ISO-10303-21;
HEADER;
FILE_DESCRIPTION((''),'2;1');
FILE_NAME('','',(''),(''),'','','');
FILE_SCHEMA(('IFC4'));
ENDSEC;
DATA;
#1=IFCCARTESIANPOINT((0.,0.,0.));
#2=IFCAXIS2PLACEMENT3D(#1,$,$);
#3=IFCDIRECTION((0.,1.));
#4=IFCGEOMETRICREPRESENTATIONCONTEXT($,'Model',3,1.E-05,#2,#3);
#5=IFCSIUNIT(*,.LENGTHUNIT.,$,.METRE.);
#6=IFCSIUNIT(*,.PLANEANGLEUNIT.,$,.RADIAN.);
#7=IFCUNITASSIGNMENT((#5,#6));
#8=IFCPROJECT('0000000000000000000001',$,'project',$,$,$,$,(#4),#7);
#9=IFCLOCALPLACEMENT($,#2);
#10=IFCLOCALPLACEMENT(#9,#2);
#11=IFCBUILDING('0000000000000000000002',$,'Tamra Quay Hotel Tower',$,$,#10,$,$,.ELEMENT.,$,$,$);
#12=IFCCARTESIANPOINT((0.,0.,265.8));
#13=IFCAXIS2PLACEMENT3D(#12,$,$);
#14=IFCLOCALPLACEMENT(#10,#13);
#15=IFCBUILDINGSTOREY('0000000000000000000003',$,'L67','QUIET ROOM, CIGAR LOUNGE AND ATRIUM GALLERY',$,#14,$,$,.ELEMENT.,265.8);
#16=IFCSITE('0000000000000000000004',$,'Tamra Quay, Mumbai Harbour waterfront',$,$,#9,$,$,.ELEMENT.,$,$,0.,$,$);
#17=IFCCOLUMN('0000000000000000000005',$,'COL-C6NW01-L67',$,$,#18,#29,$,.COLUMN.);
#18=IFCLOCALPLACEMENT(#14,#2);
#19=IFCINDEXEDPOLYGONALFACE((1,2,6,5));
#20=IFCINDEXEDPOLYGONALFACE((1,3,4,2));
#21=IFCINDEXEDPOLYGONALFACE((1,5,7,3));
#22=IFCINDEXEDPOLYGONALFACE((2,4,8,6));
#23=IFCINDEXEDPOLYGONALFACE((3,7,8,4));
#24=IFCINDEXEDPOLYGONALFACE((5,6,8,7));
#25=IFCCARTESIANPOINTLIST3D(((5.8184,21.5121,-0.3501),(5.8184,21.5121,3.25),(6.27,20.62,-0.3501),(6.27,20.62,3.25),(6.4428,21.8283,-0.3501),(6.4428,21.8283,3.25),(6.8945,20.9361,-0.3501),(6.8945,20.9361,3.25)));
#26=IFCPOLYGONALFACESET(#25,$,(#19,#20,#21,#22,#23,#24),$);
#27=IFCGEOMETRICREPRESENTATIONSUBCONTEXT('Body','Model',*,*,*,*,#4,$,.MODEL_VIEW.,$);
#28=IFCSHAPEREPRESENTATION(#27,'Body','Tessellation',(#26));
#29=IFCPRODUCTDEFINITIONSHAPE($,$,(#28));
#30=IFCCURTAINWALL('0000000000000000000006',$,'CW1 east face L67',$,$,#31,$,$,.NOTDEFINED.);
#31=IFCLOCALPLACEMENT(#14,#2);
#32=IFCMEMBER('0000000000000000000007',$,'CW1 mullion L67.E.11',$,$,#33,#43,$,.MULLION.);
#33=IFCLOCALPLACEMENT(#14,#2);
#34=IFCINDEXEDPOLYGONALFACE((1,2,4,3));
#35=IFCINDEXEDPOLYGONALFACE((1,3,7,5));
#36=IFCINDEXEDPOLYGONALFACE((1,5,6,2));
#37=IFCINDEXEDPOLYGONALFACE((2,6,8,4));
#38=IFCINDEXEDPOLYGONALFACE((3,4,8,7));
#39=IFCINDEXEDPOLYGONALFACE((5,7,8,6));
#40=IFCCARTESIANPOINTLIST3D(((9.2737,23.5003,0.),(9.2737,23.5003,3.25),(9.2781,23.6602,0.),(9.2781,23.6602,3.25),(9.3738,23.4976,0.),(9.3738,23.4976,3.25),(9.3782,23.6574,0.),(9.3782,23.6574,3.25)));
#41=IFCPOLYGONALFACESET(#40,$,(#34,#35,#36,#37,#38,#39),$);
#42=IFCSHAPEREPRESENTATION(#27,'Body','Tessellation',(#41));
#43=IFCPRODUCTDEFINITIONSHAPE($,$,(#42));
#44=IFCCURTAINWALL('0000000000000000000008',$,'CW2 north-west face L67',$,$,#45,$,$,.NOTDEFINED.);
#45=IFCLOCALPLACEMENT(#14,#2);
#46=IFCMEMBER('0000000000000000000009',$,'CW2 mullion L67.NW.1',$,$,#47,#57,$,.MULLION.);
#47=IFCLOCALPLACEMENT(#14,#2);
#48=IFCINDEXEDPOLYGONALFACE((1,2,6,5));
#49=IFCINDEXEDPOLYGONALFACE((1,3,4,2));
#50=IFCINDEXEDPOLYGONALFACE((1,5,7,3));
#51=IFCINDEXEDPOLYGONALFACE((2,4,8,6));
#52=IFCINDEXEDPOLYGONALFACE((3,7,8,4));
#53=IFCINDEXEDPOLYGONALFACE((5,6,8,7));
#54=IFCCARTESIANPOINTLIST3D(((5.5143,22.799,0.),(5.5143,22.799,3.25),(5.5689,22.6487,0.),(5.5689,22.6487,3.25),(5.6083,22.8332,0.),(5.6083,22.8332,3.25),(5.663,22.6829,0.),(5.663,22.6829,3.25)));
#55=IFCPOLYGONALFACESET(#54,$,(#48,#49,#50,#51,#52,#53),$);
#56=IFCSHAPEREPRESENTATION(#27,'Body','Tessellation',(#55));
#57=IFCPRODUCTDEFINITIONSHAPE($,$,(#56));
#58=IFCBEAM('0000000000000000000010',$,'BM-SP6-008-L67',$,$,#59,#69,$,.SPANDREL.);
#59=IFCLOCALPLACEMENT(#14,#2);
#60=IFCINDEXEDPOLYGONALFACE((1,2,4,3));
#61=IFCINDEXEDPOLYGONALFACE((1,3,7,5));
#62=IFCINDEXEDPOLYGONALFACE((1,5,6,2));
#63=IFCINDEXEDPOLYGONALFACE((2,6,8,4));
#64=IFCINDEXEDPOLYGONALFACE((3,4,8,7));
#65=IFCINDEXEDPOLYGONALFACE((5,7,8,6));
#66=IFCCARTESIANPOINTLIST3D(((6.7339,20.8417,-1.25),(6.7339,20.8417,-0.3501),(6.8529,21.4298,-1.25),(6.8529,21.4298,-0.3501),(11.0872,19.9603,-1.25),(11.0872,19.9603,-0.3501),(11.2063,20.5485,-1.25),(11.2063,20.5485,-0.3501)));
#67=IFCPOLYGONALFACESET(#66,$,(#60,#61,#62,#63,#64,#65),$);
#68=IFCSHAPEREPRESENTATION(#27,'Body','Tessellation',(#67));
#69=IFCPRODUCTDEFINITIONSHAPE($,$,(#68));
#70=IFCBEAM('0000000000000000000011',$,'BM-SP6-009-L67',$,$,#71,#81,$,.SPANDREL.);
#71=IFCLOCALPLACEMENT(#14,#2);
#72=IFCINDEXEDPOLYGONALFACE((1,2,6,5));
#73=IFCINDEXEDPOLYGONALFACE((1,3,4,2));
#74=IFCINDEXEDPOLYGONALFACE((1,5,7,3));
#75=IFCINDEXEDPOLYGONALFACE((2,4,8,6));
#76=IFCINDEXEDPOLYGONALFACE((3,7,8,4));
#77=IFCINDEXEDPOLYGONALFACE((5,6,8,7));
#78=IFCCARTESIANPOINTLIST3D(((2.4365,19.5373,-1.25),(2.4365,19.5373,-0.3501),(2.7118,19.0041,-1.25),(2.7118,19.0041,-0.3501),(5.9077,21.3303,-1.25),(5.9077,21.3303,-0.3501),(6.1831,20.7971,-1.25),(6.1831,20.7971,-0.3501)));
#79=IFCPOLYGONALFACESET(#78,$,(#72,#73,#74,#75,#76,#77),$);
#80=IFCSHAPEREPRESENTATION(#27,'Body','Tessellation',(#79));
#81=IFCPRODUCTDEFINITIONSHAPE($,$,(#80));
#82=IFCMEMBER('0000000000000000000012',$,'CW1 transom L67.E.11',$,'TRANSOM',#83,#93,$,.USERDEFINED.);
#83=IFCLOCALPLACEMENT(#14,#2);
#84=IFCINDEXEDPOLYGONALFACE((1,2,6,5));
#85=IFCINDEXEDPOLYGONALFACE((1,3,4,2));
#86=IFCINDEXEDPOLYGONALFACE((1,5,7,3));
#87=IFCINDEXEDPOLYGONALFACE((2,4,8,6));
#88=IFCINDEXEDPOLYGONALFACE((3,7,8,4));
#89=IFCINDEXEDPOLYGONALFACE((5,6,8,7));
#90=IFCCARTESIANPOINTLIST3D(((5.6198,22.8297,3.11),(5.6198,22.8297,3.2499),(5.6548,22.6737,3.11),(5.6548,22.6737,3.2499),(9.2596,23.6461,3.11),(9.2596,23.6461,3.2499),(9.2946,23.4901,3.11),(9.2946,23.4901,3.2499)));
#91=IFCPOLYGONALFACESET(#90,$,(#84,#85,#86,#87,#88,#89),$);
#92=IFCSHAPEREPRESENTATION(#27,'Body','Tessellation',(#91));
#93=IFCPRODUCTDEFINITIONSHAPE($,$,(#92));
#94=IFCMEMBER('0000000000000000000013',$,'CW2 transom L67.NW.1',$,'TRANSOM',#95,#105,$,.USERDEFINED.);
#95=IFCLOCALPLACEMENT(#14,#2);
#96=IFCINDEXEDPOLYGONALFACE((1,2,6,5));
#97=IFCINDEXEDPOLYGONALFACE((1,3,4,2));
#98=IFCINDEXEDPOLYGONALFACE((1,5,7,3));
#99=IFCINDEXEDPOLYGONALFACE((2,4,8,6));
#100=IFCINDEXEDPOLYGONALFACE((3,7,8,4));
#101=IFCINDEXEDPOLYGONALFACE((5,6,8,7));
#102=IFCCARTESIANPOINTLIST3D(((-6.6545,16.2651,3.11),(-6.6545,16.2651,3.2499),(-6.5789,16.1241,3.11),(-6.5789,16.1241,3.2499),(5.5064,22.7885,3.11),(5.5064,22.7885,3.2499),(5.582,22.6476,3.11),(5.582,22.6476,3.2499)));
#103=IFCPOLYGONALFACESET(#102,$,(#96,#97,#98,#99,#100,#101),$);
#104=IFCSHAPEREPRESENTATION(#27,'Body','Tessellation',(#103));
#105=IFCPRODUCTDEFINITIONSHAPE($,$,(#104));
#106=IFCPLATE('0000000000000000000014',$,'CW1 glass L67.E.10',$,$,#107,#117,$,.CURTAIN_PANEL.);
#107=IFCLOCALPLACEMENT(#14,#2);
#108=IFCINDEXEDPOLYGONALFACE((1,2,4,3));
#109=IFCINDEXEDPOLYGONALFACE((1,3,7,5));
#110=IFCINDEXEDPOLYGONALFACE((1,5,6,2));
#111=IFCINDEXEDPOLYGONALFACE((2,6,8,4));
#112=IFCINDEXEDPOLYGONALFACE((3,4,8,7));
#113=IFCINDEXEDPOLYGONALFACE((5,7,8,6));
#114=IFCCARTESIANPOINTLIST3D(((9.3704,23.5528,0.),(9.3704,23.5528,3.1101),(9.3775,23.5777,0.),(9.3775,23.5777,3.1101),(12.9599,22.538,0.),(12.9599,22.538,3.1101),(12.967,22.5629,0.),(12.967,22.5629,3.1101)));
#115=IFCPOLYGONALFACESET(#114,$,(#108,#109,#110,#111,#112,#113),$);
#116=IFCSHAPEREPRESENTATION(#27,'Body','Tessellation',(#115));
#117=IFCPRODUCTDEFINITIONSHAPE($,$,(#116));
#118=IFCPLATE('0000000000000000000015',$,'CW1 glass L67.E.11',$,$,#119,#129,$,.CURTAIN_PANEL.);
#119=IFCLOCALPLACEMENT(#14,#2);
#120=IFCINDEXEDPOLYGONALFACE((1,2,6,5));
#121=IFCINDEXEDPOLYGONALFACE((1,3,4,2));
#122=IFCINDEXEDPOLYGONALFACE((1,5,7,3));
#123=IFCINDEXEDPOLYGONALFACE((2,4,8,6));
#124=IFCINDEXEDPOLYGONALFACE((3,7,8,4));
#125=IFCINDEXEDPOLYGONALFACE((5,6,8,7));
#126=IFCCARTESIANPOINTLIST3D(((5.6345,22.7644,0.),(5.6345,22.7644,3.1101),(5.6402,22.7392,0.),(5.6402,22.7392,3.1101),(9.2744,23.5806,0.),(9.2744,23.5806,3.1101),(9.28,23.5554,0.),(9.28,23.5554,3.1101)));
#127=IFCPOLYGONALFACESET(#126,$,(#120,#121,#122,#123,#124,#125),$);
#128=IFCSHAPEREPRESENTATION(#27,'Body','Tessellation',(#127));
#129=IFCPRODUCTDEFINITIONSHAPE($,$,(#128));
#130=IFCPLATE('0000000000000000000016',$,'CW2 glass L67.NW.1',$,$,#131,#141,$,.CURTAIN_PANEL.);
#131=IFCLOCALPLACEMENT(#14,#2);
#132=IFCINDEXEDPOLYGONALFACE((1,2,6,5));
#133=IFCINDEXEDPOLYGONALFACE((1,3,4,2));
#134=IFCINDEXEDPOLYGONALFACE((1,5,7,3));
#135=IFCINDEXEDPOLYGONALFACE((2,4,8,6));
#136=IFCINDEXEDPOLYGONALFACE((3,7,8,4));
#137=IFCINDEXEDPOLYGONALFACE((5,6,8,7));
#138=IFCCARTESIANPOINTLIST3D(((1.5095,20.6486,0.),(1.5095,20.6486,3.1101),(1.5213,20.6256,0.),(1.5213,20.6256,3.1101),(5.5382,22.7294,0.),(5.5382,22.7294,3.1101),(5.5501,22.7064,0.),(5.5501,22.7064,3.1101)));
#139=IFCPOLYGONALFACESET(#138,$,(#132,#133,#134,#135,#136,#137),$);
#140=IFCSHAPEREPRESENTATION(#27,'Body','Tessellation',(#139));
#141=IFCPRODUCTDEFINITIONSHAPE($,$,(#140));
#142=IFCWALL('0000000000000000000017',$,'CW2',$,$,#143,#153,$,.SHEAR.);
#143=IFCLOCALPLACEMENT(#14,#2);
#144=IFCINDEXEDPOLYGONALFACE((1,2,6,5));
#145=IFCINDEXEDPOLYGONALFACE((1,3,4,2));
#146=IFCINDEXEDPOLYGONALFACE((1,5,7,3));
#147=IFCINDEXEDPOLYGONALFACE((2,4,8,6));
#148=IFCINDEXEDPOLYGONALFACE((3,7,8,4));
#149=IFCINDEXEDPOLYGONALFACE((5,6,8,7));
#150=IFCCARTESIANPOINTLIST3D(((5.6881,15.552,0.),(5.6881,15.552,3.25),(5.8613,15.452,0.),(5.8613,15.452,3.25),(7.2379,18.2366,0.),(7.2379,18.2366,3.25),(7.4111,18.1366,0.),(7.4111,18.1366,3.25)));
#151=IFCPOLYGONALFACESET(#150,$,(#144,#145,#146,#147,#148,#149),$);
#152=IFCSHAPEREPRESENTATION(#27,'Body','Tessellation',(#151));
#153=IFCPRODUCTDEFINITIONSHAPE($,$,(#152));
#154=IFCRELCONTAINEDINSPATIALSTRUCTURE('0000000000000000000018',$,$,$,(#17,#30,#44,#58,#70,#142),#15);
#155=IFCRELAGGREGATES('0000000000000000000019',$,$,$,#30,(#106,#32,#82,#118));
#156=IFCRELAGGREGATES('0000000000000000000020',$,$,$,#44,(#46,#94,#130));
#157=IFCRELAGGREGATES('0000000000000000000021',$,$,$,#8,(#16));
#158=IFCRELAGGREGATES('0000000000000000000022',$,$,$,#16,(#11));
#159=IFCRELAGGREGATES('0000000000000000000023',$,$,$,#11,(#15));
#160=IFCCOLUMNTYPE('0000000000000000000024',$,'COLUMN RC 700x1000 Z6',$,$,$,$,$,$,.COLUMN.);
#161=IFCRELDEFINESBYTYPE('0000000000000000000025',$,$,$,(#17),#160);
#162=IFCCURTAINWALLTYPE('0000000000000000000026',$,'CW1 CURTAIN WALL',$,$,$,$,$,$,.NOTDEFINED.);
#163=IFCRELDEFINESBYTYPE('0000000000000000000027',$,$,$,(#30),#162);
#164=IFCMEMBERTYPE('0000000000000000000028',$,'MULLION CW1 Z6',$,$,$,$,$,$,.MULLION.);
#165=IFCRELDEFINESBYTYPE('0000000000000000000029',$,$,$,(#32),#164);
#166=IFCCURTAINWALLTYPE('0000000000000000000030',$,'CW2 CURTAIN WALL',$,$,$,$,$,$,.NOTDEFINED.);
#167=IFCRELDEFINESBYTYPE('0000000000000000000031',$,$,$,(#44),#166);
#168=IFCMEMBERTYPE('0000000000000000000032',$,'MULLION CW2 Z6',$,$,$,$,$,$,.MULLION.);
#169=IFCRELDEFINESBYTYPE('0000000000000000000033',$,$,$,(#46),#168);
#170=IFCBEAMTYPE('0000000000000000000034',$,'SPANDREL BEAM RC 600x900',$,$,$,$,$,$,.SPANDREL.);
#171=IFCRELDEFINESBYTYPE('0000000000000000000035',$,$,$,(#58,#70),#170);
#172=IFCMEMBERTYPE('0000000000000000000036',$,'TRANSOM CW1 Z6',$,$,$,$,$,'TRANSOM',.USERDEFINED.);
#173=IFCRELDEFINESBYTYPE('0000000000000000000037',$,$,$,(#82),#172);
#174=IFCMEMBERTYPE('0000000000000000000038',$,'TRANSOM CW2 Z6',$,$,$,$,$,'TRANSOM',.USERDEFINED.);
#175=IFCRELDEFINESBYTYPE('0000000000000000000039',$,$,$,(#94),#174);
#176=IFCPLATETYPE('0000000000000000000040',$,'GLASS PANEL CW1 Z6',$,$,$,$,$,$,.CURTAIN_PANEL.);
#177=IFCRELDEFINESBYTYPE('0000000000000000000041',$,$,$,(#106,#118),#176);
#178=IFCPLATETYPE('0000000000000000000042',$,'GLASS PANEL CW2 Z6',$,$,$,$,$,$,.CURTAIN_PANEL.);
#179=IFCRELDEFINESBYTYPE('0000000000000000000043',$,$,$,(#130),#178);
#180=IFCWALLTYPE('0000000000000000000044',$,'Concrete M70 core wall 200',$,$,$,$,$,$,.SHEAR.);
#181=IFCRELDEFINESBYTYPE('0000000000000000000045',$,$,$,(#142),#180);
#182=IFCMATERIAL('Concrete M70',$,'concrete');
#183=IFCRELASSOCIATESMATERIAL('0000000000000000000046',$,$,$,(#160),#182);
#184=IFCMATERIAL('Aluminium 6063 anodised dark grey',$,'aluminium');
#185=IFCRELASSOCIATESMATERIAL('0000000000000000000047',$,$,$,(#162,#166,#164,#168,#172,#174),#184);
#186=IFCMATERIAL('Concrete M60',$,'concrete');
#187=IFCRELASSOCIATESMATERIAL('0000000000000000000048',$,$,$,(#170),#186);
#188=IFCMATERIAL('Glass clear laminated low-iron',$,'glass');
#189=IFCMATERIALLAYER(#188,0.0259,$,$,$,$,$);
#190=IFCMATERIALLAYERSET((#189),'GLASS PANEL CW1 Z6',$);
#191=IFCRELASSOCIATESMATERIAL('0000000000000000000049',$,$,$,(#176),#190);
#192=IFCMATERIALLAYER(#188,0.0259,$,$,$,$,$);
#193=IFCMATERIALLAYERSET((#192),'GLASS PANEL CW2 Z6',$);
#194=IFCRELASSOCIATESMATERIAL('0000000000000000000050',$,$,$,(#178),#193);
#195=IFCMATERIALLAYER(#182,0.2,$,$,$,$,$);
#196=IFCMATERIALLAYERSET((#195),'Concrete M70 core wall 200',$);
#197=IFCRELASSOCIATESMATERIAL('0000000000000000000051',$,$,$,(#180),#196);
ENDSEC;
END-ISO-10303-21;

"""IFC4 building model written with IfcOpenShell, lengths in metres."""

from ifc_helpers import new_model, si_unit, direction, frame, frame_2d, origin, origin_2d, place, context, subcontext, project, spatial, rectangle, extrude, material, layer, layer_set, material_profile, profile_set, type_object, element, aggregate, save


model = new_model("IFC4")

# Units and contexts
model_context = context("Model", 3, precision=1e-05, world=origin(), true_north=direction((0.0, 1.0)))
body_context = subcontext(model_context, "Body", "Model", "MODEL_VIEW")
ifc_project = project(units=[si_unit("LENGTHUNIT", "METRE"), si_unit("PLANEANGLEUNIT", "RADIAN")], contexts=[model_context])

# Site, building, storey
site_placement = place(None, origin())
site = spatial("IfcSite", under=ifc_project, at=site_placement, Name="Tamra Quay, Mumbai Harbour waterfront", CompositionType="ELEMENT", RefElevation=0.0)
building_placement = place(site_placement, origin())
building = spatial("IfcBuilding", under=site, at=building_placement, Name="Tamra Quay Hotel Tower", CompositionType="ELEMENT")
storey_placement = place(building_placement, frame((0.0, 0.0, 265.8)))
storey = spatial("IfcBuildingStorey", under=building, at=storey_placement, Name="L67", Description="QUIET ROOM, CIGAR LOUNGE AND ATRIUM GALLERY", CompositionType="ELEMENT", Elevation=265.8)

# Column
ifc_material_1 = material(Name="Concrete M70", Category="concrete")
ifc_material_profile_1 = material_profile(ifc_material_1, rectangle(XDim=1.0, YDim=0.7, at=origin_2d()), Name="COLUMN RC 700x1000 Z6")
ifc_profile_set_1 = profile_set([ifc_material_profile_1], Name="Concrete M70")
column_type = type_object("IfcColumnType", Name="COLUMN RC 700x1000 Z6", PredefinedType="COLUMN", material=ifc_profile_set_1)
column_placement = place(storey_placement, frame((6.3564, 21.2241, -0.3501), z_axis=(0.0, 0.0, 1.0), x_axis=(-0.451686, 0.892177, 0.0)))
element("IfcColumn", 1, at=column_placement, inside=storey, type_object=column_type, Name="COL-C6NW01-L67", PredefinedType="COLUMN", context=body_context, shape_type="SweptSolid", body=[
    extrude(rectangle(XDim=1.0, YDim=0.7, at=origin_2d()), origin(), (0.0, 0.0, 1.0), 3.6001),
])

# Curtain walls, members
ifc_material_2 = material(Name="Aluminium 6063 anodised dark grey", Category="aluminium")
curtain_wall_type_1 = type_object("IfcCurtainWallType", Name="CW1 CURTAIN WALL", PredefinedType="NOTDEFINED", material=ifc_material_2)
curtain_wall_1_placement = place(storey_placement, origin())
curtain_wall_1 = element("IfcCurtainWall", 2, at=curtain_wall_1_placement, inside=storey, type_object=curtain_wall_type_1, Name="CW1 east face L67", PredefinedType="NOTDEFINED")
ifc_material_profile_2 = material_profile(ifc_material_2, rectangle(XDim=0.1599, YDim=0.1001, at=origin_2d()), Name="MULLION 100X160")
ifc_profile_set_2 = profile_set([ifc_material_profile_2], Name="Aluminium 6063 anodised dark grey")
member_type_1 = type_object("IfcMemberType", Name="MULLION CW1 Z6", PredefinedType="MULLION", material=ifc_profile_set_2)
member_1_placement = place(storey_placement, frame((9.3259, 23.5789, 0.0), z_axis=(0.0, 0.0, 1.0), x_axis=(0.027469, 0.999623, 0.0)))
member_1 = element("IfcMember", 3, at=member_1_placement, type_object=member_type_1, Name="CW1 mullion L67.E.11", PredefinedType="MULLION", context=body_context, shape_type="SweptSolid", body=[
    extrude(rectangle(XDim=0.1599, YDim=0.1001, at=origin_2d()), origin(), (0.0, 0.0, 1.0), 3.25),
])
curtain_wall_type_2 = type_object("IfcCurtainWallType", Name="CW2 CURTAIN WALL", PredefinedType="NOTDEFINED", material=ifc_material_2)
curtain_wall_2_placement = place(storey_placement, origin())
curtain_wall_2 = element("IfcCurtainWall", 4, at=curtain_wall_2_placement, inside=storey, type_object=curtain_wall_type_2, Name="CW2 north-west face L67", PredefinedType="NOTDEFINED")
ifc_material_profile_3 = material_profile(ifc_material_2, rectangle(XDim=0.1599, YDim=0.1001, at=origin_2d()), Name="MULLION 100X160")
ifc_profile_set_3 = profile_set([ifc_material_profile_3], Name="Aluminium 6063 anodised dark grey")
member_type_2 = type_object("IfcMemberType", Name="MULLION CW2 Z6", PredefinedType="MULLION", material=ifc_profile_set_3)
member_2_placement = place(storey_placement, frame((5.5886, 22.741, 0.0), z_axis=(0.0, 0.0, 1.0), x_axis=(-0.341653, 0.939826, 0.0)))
member_2 = element("IfcMember", 5, at=member_2_placement, type_object=member_type_2, Name="CW2 mullion L67.NW.1", PredefinedType="MULLION", context=body_context, shape_type="SweptSolid", body=[
    extrude(rectangle(XDim=0.1599, YDim=0.1001, at=origin_2d()), origin(), (0.0, 0.0, 1.0), 3.25),
])

# Beams
ifc_material_3 = material(Name="Concrete M60", Category="concrete")
ifc_material_profile_4 = material_profile(ifc_material_3, rectangle(XDim=0.6001, YDim=0.8999, at=origin_2d()), Name="SPANDREL BEAM RC 600x900")
ifc_profile_set_4 = profile_set([ifc_material_profile_4], Name="Concrete M60")
beam_type = type_object("IfcBeamType", Name="SPANDREL BEAM RC 600x900", PredefinedType="SPANDREL", material=ifc_profile_set_4)
beam_1_placement = place(storey_placement, frame((11.1467, 20.2544, -0.8), z_axis=(-0.980115, 0.198431, 0.0), x_axis=(-0.198431, -0.980115, 0.0)))
element("IfcBeam", 6, at=beam_1_placement, inside=storey, type_object=beam_type, Name="BM-SP6-008-L67", PredefinedType="SPANDREL", context=body_context, shape_type="SweptSolid", body=[
    extrude(rectangle(XDim=0.6001, YDim=0.8999, at=origin_2d()), origin(), (0.0, 0.0, 1.0), 4.4417),
])
beam_2_placement = place(storey_placement, frame((6.0454, 21.0637, -0.8), z_axis=(-0.888476, -0.458923, 0.0), x_axis=(0.458923, -0.888476, 0.0)))
element("IfcBeam", 7, at=beam_2_placement, inside=storey, type_object=beam_type, Name="BM-SP6-009-L67", PredefinedType="SPANDREL", context=body_context, shape_type="SweptSolid", body=[
    extrude(rectangle(XDim=0.6001, YDim=0.8999, at=origin_2d()), origin(), (0.0, 0.0, 1.0), 3.907),
])

# Members
ifc_material_profile_5 = material_profile(ifc_material_2, rectangle(XDim=0.1599, YDim=0.1399, at=origin_2d()), Name="TRANSOM 160X140")
ifc_profile_set_5 = profile_set([ifc_material_profile_5], Name="Aluminium 6063 anodised dark grey")
member_type_3 = type_object("IfcMemberType", Name="TRANSOM CW1 Z6", ElementType="TRANSOM", PredefinedType="USERDEFINED", material=ifc_profile_set_5)
member_3_placement = place(storey_placement, frame((9.2771, 23.5681, 3.1799), z_axis=(-0.975757, -0.218857, 0.0), x_axis=(0.218857, -0.975757, 0.0)))
member_3 = element("IfcMember", 8, at=member_3_placement, type_object=member_type_3, Name="CW1 transom L67.E.11", ObjectType="TRANSOM", PredefinedType="USERDEFINED", context=body_context, shape_type="SweptSolid", body=[
    extrude(rectangle(XDim=0.1599, YDim=0.1399, at=origin_2d()), origin(), (0.0, 0.0, 1.0), 3.7302),
])
ifc_material_profile_6 = material_profile(ifc_material_2, rectangle(XDim=0.1599, YDim=0.1399, at=origin_2d()), Name="TRANSOM 160X140")
ifc_profile_set_6 = profile_set([ifc_material_profile_6], Name="Aluminium 6063 anodised dark grey")
member_type_4 = type_object("IfcMemberType", Name="TRANSOM CW2 Z6", ElementType="TRANSOM", PredefinedType="USERDEFINED", material=ifc_profile_set_6)
member_4_placement = place(storey_placement, frame((5.5442, 22.718, 3.1799), z_axis=(-0.881218, -0.47271, 0.0), x_axis=(0.47271, -0.881218, 0.0)))
member_4 = element("IfcMember", 9, at=member_4_placement, type_object=member_type_4, Name="CW2 transom L67.NW.1", ObjectType="TRANSOM", PredefinedType="USERDEFINED", context=body_context, shape_type="SweptSolid", body=[
    extrude(rectangle(XDim=0.1599, YDim=0.1399, at=origin_2d()), origin(), (0.0, 0.0, 1.0), 13.8),
])

# Plates
ifc_material_4 = material(Name="Glass clear laminated low-iron", Category="glass")
ifc_layer_1 = layer(ifc_material_4, 0.0259)
ifc_layer_set_1 = layer_set([ifc_layer_1], Name="GLASS PANEL CW1 Z6")
plate_type_1 = type_object("IfcPlateType", Name="GLASS PANEL CW1 Z6", PredefinedType="CURTAIN_PANEL", material=ifc_layer_set_1)
plate_1_placement = place(storey_placement, frame((11.1687, 23.0579, 0.0), z_axis=(0.0, 0.0, 1.0), x_axis=(-0.96228, 0.272062, 0.0)))
plate_1 = element("IfcPlate", 10, at=plate_1_placement, type_object=plate_type_1, Name="CW1 glass L67.E.10", PredefinedType="CURTAIN_PANEL", context=body_context, shape_type="SweptSolid", body=[
    extrude(rectangle(XDim=3.7302, YDim=0.0259, at=origin_2d()), origin(), (0.0, 0.0, 1.0), 3.1101),
])
plate_2_placement = place(storey_placement, frame((7.4573, 23.1599, 0.0), z_axis=(0.0, 0.0, 1.0), x_axis=(-0.975768, -0.218806, 0.0)))
plate_2 = element("IfcPlate", 11, at=plate_2_placement, type_object=plate_type_1, Name="CW1 glass L67.E.11", PredefinedType="CURTAIN_PANEL", context=body_context, shape_type="SweptSolid", body=[
    extrude(rectangle(XDim=3.7302, YDim=0.0259, at=origin_2d()), origin(), (0.0, 0.0, 1.0), 3.1101),
])
aggregate(curtain_wall_1, [plate_1, member_1, member_3, plate_2])
ifc_layer_2 = layer(ifc_material_4, 0.0259)
ifc_layer_set_2 = layer_set([ifc_layer_2], Name="GLASS PANEL CW2 Z6")
plate_type_2 = type_object("IfcPlateType", Name="GLASS PANEL CW2 Z6", PredefinedType="CURTAIN_PANEL", material=ifc_layer_set_2)
plate_3_placement = place(storey_placement, frame((3.5298, 21.6775, 0.0), z_axis=(0.0, 0.0, 1.0), x_axis=(-0.888486, -0.458903, 0.0)))
plate_3 = element("IfcPlate", 12, at=plate_3_placement, type_object=plate_type_2, Name="CW2 glass L67.NW.1", PredefinedType="CURTAIN_PANEL", context=body_context, shape_type="SweptSolid", body=[
    extrude(rectangle(XDim=4.5344, YDim=0.0259, at=origin_2d()), origin(), (0.0, 0.0, 1.0), 3.1101),
])
aggregate(curtain_wall_2, [member_2, member_4, plate_3])

# Wall
ifc_layer_3 = layer(ifc_material_1, 0.2)
ifc_layer_set_3 = layer_set([ifc_layer_3], Name="Concrete M70 core wall 200")
wall_type_1 = type_object("IfcWallType", Name="Concrete M70 core wall 200", PredefinedType="SHEAR", material=ifc_layer_set_3)
wall_1_placement = place(storey_placement, frame((7.3245, 18.1865, 0.0), z_axis=(0.0, 0.0, 1.0), x_axis=(-0.499968, -0.866044, 0.0)))
element("IfcWall", 13, at=wall_1_placement, inside=storey, type_object=wall_type_1, Name="CW2", PredefinedType="SHEAR", context=body_context, shape_type="SweptSolid", body=[
    extrude(rectangle(XDim=3.0999, YDim=0.2, at=frame_2d((1.5498, 0.0))), origin(), (0.0, 0.0, 1.0), 3.25),
])

save(model, "model.ifc")
